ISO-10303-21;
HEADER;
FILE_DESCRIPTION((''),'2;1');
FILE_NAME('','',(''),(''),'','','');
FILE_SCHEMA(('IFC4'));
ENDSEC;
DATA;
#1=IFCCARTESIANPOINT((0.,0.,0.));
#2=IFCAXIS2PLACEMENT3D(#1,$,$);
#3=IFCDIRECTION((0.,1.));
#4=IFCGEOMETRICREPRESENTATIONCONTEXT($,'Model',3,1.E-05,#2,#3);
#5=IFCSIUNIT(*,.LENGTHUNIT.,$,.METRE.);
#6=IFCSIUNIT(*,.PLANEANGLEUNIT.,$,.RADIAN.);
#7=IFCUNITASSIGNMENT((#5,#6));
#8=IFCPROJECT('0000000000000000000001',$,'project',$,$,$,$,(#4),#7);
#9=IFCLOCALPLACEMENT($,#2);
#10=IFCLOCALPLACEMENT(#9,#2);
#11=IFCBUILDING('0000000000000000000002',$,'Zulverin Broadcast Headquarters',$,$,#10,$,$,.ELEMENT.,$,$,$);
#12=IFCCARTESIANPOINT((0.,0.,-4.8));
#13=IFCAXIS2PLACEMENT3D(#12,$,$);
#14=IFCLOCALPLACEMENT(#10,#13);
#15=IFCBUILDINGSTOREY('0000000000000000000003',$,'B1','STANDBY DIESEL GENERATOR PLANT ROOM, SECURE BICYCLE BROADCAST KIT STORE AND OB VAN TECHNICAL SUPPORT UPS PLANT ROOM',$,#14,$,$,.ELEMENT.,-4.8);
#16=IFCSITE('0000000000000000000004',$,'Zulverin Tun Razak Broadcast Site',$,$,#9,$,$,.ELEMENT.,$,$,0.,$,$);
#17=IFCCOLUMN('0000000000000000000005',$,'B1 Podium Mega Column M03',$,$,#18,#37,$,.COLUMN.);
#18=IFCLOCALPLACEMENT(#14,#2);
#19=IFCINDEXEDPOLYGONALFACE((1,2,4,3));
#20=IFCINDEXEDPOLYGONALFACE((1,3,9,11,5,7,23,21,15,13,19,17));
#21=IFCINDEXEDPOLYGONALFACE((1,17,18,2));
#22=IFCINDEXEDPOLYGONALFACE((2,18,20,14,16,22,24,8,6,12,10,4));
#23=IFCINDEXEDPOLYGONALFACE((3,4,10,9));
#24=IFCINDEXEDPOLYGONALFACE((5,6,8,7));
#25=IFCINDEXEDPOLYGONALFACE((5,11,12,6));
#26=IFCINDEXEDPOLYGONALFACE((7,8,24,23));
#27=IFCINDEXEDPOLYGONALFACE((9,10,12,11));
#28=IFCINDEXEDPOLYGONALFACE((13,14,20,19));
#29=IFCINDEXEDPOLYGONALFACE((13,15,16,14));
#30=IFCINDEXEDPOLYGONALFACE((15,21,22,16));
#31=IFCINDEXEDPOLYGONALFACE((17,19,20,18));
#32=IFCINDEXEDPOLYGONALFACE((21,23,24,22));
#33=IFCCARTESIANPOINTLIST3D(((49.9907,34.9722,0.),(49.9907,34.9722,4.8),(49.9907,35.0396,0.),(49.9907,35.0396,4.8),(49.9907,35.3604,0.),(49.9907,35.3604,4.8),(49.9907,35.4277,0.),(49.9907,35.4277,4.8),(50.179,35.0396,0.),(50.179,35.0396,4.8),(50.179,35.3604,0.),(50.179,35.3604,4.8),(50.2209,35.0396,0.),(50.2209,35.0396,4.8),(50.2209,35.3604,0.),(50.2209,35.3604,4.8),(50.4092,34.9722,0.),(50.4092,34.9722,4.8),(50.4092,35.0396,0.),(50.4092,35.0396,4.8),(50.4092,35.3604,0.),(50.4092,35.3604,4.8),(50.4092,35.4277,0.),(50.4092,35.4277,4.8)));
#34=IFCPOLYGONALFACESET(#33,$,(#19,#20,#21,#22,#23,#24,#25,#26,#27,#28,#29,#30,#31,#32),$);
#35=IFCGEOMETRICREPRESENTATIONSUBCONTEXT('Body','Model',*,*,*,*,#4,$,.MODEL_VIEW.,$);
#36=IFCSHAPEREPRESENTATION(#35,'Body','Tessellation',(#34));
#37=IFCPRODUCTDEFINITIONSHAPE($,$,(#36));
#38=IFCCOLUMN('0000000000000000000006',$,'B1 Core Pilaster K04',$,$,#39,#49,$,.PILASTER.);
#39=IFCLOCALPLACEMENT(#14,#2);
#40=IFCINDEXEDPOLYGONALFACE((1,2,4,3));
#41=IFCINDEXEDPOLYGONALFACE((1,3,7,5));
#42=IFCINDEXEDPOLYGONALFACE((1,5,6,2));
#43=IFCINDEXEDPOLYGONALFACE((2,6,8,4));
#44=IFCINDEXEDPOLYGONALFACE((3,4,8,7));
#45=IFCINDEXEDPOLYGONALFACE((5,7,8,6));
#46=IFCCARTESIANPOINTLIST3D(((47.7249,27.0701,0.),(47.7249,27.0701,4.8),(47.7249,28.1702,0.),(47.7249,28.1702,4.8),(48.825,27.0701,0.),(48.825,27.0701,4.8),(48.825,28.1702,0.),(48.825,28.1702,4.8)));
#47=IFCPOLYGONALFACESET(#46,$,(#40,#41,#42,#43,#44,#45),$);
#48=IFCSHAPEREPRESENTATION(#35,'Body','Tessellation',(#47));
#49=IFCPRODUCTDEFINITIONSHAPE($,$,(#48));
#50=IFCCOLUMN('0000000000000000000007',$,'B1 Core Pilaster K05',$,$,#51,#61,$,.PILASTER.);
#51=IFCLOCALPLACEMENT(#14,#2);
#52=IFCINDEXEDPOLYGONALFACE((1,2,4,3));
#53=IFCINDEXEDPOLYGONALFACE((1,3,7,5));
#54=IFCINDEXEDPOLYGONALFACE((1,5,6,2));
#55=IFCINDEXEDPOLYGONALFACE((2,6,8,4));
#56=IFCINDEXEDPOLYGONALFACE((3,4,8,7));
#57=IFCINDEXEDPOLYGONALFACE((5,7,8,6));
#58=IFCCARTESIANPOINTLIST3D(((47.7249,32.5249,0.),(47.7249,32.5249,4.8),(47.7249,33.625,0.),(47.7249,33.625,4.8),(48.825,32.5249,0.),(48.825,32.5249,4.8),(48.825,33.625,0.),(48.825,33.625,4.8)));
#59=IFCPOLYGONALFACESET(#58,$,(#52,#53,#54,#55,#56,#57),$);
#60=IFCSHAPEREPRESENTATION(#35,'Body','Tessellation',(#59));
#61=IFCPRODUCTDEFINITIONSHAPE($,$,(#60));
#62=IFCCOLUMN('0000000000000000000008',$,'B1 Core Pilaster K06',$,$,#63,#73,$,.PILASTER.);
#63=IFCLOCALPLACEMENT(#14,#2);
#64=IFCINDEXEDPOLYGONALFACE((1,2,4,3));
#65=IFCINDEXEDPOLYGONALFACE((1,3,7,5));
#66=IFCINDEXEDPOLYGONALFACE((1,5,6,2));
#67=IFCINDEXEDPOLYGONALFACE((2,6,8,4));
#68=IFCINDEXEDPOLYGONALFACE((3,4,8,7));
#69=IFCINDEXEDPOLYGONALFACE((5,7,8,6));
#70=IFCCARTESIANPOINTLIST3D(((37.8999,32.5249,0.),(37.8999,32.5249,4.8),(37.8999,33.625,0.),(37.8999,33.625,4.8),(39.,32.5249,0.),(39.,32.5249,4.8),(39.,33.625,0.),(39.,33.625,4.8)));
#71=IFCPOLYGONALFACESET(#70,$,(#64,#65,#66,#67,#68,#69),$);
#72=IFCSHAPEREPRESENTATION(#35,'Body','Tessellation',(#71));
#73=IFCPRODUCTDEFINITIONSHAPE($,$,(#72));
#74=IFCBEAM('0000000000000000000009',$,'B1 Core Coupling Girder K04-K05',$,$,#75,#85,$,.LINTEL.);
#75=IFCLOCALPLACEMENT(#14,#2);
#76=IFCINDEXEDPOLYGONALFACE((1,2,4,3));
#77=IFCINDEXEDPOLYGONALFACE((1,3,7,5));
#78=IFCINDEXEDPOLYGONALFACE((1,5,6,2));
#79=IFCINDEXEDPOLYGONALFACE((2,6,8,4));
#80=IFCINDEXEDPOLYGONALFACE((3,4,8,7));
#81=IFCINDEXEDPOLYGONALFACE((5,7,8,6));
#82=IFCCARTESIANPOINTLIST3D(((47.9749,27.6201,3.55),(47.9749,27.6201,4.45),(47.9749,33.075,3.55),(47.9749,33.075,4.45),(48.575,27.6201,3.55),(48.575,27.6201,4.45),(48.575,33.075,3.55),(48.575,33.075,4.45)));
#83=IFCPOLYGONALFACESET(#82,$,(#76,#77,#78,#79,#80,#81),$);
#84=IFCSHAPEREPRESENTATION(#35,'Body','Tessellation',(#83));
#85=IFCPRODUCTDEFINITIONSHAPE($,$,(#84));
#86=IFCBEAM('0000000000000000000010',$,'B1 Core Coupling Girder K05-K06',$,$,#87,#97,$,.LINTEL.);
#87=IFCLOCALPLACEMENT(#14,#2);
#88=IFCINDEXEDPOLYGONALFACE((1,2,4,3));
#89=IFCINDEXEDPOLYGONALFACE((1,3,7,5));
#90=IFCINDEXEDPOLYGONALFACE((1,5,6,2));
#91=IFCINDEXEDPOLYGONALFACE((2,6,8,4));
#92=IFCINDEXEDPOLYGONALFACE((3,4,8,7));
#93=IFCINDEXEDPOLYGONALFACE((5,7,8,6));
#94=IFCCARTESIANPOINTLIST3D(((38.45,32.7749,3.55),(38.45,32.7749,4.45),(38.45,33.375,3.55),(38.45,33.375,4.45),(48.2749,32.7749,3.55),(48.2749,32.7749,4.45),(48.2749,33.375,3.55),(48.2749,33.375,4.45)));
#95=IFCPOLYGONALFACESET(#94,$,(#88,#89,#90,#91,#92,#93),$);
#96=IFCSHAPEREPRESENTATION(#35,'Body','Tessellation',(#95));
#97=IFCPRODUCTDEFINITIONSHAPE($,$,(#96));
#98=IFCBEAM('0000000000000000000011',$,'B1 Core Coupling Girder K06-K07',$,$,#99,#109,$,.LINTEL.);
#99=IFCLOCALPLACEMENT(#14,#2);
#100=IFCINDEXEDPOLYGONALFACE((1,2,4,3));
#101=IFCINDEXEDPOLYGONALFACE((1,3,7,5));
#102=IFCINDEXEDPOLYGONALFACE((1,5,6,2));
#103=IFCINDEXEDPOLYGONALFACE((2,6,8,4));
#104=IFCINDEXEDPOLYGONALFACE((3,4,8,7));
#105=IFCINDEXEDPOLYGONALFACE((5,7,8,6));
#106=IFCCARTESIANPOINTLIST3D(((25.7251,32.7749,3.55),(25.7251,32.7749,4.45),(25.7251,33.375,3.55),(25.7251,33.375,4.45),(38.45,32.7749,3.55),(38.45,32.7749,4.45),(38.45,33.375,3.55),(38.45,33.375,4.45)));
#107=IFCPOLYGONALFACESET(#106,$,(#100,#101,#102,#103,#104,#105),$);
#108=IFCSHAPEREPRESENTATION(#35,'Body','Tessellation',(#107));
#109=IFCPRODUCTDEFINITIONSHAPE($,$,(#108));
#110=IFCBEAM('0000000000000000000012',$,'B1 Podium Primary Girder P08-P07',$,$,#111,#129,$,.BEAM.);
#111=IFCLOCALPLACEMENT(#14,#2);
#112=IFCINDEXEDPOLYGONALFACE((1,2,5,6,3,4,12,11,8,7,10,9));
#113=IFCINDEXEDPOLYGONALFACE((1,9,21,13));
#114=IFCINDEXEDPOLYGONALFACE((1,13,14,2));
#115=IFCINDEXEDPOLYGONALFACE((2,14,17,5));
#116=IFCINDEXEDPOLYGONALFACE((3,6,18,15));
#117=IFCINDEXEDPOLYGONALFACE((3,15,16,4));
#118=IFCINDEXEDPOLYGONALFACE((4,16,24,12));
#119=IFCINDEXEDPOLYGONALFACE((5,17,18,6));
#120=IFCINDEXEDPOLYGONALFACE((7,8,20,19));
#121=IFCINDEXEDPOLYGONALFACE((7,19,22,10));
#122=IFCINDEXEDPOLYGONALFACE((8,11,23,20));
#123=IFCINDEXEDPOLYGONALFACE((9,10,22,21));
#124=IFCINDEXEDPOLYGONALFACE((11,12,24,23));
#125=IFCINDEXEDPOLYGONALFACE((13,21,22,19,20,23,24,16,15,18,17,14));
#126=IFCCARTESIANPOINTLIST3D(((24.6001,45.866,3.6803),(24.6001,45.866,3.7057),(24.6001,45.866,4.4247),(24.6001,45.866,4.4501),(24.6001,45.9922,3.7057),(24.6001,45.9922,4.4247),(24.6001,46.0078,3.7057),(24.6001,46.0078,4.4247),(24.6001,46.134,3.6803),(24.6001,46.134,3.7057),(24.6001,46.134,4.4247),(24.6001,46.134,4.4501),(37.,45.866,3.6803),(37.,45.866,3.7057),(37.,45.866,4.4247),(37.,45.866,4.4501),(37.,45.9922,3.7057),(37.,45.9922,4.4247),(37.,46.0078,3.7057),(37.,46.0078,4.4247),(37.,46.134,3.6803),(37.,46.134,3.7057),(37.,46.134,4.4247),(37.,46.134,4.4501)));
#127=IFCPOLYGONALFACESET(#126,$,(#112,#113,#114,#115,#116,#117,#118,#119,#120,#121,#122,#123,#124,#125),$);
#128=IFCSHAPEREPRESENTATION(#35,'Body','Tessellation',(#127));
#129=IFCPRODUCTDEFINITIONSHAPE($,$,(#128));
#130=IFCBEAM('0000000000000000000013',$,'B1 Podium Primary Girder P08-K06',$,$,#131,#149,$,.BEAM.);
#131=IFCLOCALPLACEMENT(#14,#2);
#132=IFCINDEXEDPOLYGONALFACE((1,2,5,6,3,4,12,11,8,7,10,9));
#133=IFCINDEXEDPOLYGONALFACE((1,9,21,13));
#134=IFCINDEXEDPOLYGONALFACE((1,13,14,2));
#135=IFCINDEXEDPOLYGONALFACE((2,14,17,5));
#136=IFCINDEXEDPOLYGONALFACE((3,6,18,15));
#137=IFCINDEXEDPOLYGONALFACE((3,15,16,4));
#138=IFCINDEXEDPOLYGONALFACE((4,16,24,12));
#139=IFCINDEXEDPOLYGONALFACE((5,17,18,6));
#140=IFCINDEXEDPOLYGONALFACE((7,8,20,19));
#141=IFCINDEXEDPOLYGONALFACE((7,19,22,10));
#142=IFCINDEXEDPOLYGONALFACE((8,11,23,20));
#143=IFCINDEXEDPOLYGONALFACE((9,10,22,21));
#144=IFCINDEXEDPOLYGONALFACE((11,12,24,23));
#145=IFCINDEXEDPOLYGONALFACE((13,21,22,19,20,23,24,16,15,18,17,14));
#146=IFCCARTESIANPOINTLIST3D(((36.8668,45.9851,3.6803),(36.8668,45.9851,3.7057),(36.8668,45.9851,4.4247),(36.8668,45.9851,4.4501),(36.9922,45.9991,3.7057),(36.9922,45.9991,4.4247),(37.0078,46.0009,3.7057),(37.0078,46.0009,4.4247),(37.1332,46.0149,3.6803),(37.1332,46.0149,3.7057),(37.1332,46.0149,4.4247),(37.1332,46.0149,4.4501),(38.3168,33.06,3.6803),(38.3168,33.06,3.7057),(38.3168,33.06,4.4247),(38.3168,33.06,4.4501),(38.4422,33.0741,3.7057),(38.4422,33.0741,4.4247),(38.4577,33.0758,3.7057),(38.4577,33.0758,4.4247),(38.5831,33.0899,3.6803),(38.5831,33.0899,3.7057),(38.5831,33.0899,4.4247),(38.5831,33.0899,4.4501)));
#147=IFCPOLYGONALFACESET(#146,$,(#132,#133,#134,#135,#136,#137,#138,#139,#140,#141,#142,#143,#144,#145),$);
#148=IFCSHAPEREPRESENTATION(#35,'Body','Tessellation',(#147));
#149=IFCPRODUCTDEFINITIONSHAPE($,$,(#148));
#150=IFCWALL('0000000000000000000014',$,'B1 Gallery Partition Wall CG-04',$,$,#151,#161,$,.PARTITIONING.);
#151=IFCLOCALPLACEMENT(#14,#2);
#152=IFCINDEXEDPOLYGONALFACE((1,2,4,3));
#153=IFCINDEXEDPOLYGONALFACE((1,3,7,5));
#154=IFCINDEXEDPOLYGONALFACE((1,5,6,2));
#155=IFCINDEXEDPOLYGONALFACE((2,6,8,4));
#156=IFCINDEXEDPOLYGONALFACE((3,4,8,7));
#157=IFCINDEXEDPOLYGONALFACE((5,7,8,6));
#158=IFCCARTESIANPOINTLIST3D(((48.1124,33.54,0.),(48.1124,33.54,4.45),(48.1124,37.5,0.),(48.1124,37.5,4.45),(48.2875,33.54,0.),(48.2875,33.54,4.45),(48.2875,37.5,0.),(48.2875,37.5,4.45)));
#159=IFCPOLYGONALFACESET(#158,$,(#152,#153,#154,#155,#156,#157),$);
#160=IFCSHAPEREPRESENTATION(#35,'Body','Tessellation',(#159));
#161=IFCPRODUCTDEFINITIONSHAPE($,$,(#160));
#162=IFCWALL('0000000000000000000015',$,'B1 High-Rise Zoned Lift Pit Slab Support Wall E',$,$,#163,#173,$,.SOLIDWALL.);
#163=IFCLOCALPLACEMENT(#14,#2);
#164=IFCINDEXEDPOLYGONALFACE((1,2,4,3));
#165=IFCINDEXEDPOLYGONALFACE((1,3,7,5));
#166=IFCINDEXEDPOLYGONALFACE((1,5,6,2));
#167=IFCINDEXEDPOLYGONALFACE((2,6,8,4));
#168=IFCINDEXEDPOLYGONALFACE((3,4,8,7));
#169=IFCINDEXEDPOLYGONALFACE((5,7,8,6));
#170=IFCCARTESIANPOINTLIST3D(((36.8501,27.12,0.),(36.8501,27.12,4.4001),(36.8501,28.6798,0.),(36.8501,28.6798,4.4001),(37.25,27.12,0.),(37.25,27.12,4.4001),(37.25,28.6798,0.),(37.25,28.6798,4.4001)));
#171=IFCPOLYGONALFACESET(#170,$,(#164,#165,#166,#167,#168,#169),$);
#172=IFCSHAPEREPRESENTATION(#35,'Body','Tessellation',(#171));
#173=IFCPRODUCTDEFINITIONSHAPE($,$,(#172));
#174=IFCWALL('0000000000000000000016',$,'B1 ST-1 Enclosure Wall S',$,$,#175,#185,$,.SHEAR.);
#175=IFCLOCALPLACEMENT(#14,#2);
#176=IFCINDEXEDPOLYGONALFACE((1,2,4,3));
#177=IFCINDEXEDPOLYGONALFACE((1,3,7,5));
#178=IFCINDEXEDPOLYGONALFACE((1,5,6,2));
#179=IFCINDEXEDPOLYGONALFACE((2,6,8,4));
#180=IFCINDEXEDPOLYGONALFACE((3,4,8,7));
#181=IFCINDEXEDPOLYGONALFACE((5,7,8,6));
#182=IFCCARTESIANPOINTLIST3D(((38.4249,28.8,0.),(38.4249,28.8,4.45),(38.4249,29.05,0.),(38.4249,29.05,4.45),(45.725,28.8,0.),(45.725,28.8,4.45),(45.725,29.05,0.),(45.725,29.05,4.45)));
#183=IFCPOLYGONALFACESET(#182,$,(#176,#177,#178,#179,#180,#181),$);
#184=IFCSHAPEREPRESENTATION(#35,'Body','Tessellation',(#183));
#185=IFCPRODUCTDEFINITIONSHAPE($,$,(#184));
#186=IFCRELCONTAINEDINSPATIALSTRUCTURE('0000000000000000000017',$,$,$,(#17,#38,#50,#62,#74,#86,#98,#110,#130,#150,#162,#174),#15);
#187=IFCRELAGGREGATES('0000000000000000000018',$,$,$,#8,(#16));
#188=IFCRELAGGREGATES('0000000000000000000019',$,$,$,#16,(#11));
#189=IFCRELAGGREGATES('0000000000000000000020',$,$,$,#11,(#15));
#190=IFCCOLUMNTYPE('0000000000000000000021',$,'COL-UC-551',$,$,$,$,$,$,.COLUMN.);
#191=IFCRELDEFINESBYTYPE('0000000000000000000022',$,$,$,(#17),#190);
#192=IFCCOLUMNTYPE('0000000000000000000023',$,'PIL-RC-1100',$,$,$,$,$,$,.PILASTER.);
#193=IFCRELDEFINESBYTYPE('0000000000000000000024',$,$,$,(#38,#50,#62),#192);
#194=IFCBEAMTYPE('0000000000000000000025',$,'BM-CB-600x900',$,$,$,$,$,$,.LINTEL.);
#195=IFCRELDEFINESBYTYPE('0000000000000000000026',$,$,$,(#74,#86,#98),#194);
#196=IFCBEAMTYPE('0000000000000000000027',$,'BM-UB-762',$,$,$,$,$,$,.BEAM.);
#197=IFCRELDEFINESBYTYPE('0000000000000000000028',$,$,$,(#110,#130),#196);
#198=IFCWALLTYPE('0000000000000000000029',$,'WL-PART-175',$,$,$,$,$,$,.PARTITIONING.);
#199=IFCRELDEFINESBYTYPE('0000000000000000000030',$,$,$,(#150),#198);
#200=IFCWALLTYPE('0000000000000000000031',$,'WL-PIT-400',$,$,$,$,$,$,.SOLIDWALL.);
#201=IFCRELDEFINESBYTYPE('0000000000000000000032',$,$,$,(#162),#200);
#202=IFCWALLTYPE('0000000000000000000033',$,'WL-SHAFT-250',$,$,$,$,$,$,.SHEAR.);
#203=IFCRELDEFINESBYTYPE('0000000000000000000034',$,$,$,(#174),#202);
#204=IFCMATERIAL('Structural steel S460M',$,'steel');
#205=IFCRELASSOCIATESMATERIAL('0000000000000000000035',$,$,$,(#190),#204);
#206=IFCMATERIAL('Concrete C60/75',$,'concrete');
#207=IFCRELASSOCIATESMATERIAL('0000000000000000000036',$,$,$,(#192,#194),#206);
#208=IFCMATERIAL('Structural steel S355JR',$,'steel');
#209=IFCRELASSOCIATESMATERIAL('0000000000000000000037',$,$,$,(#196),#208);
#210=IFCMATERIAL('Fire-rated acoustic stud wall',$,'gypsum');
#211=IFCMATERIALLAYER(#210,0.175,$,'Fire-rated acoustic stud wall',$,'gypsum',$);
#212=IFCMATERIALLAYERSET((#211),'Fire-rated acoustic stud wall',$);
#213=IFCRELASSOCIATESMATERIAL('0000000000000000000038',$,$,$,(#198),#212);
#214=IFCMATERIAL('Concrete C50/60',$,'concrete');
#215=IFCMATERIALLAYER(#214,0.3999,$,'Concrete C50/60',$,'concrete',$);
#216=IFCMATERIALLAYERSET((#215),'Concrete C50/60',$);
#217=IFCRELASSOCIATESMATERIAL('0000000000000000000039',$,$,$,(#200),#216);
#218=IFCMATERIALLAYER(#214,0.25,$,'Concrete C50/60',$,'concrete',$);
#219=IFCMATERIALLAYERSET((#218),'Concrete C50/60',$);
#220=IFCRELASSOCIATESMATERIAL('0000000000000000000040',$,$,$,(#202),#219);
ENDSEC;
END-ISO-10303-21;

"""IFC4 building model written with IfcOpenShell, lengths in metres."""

from ifc_helpers import new_model, si_unit, direction, frame, frame_2d, origin, origin_2d, place, context, subcontext, project, spatial, rectangle, i_section, extrude, material, layer, layer_set, material_profile, profile_set, type_object, element, save


model = new_model("IFC4")

# Units and contexts
model_context = context("Model", 3, precision=1e-05, world=origin(), true_north=direction((0.0, 1.0)))
body_context = subcontext(model_context, "Body", "Model", "MODEL_VIEW")
ifc_project = project(units=[si_unit("LENGTHUNIT", "METRE"), si_unit("PLANEANGLEUNIT", "RADIAN")], contexts=[model_context])

# Site, building, storey
site_placement = place(None, origin())
site = spatial("IfcSite", under=ifc_project, at=site_placement, Name="Zulverin Tun Razak Broadcast Site", CompositionType="ELEMENT", RefElevation=0.0)
building_placement = place(site_placement, origin())
building = spatial("IfcBuilding", under=site, at=building_placement, Name="Zulverin Broadcast Headquarters", CompositionType="ELEMENT")
storey_placement = place(building_placement, frame((0.0, 0.0, -4.8)))
storey = spatial("IfcBuildingStorey", under=building, at=storey_placement, Name="B1", Description="STANDBY DIESEL GENERATOR PLANT ROOM, SECURE BICYCLE BROADCAST KIT STORE AND OB VAN TECHNICAL SUPPORT UPS PLANT ROOM", CompositionType="ELEMENT", Elevation=-4.8)

# Columns
ifc_material_1 = material(Name="Structural steel S460M", Category="steel")
ifc_material_profile_1 = material_profile(ifc_material_1, i_section(OverallWidth=0.4185, OverallDepth=0.4556, WebThickness=0.042, FlangeThickness=0.0674, at=origin_2d()), Name="Structural steel S460M", Category="steel")
ifc_profile_set_1 = profile_set([ifc_material_profile_1], Name="Structural steel S460M")
column_type_1 = type_object("IfcColumnType", Name="COL-UC-551", PredefinedType="COLUMN", material=ifc_profile_set_1)
column_placement = place(storey_placement, frame((50.2, 35.2, 0.0), z_axis=(0.0, 0.0, 1.0), x_axis=(1.0, 0.0, 0.0)))
element("IfcColumn", 1, at=column_placement, inside=storey, type_object=column_type_1, Name="B1 Podium Mega Column M03", PredefinedType="COLUMN", context=body_context, shape_type="SweptSolid", body=[
    extrude(i_section(OverallWidth=0.4185, OverallDepth=0.4556, WebThickness=0.042, FlangeThickness=0.0674, at=origin_2d()), origin(), (0.0, 0.0, 1.0), 4.8),
])
ifc_material_2 = material(Name="Concrete C60/75", Category="concrete")
ifc_material_profile_2 = material_profile(ifc_material_2, rectangle(XDim=1.1001, YDim=1.1001, at=origin_2d()), Name="Concrete C60/75", Category="concrete")
ifc_profile_set_2 = profile_set([ifc_material_profile_2], Name="Concrete C60/75")
column_type_2 = type_object("IfcColumnType", Name="PIL-RC-1100", PredefinedType="PILASTER", material=ifc_profile_set_2)
for number, where, z_axis, x_axis, name in (
    (2, (48.2749, 27.6201, 0.0), (0.0, 0.0, 1.0), (1.0, 0.0, 0.0), "B1 Core Pilaster K04"),
    (3, (48.2749, 33.075, 0.0), (0.0, 0.0, 1.0), (1.0, 0.0, 0.0), "B1 Core Pilaster K05"),
    (4, (38.45, 33.075, 0.0), (0.0, 0.0, 1.0), (1.0, 0.0, 0.0), "B1 Core Pilaster K06"),
):
    element("IfcColumn", number, at=place(storey_placement, frame(where, z_axis=z_axis, x_axis=x_axis)), inside=storey, type_object=column_type_2, Name=name, PredefinedType="PILASTER", context=body_context, shape_type="SweptSolid", body=[
        extrude(rectangle(XDim=1.1001, YDim=1.1001, at=origin_2d()), origin(), (0.0, 0.0, 1.0), 4.8),
    ])

# Beams
ifc_material_profile_3 = material_profile(ifc_material_2, rectangle(XDim=0.6001, YDim=0.8999, at=origin_2d()), Name="Concrete C60/75", Category="concrete")
ifc_profile_set_3 = profile_set([ifc_material_profile_3], Name="Concrete C60/75")
beam_type_1 = type_object("IfcBeamType", Name="BM-CB-600x900", PredefinedType="LINTEL", material=ifc_profile_set_3)
beam_1_placement = place(storey_placement, frame((48.2749, 27.6201, 4.0), z_axis=(0.0, 1.0, 0.0), x_axis=(-1.0, 0.0, 0.0)))
element("IfcBeam", 5, at=beam_1_placement, inside=storey, type_object=beam_type_1, Name="B1 Core Coupling Girder K04-K05", PredefinedType="LINTEL", context=body_context, shape_type="SweptSolid", body=[
    extrude(rectangle(XDim=0.6001, YDim=0.8999, at=origin_2d()), origin(), (0.0, 0.0, 1.0), 5.4548),
])
beam_2_placement = place(storey_placement, frame((48.2749, 33.075, 4.0), z_axis=(-1.0, 0.0, 0.0), x_axis=(0.0, -1.0, 0.0)))
element("IfcBeam", 6, at=beam_2_placement, inside=storey, type_object=beam_type_1, Name="B1 Core Coupling Girder K05-K06", PredefinedType="LINTEL", context=body_context, shape_type="SweptSolid", body=[
    extrude(rectangle(XDim=0.6001, YDim=0.8999, at=origin_2d()), origin(), (0.0, 0.0, 1.0), 9.825),
])
beam_3_placement = place(storey_placement, frame((38.45, 33.075, 4.0), z_axis=(-1.0, 0.0, 0.0), x_axis=(0.0, -1.0, 0.0)))
element("IfcBeam", 7, at=beam_3_placement, inside=storey, type_object=beam_type_1, Name="B1 Core Coupling Girder K06-K07", PredefinedType="LINTEL", context=body_context, shape_type="SweptSolid", body=[
    extrude(rectangle(XDim=0.6001, YDim=0.8999, at=origin_2d()), origin(), (0.0, 0.0, 1.0), 12.7249),
])
ifc_material_3 = material(Name="Structural steel S355JR", Category="steel")
ifc_material_profile_4 = material_profile(ifc_material_3, i_section(OverallWidth=0.2681, OverallDepth=0.7698, WebThickness=0.0156, FlangeThickness=0.0254, at=origin_2d()), Name="Structural steel S355JR", Category="steel")
ifc_profile_set_4 = profile_set([ifc_material_profile_4], Name="Structural steel S355JR")
beam_type_2 = type_object("IfcBeamType", Name="BM-UB-762", PredefinedType="BEAM", material=ifc_profile_set_4)
beam_4_placement = place(storey_placement, frame((37.0, 46.0, 4.0652), z_axis=(-1.0, 0.0, 0.0), x_axis=(0.0, -1.0, 0.0)))
element("IfcBeam", 8, at=beam_4_placement, inside=storey, type_object=beam_type_2, Name="B1 Podium Primary Girder P08-P07", PredefinedType="BEAM", context=body_context, shape_type="SweptSolid", body=[
    extrude(i_section(OverallWidth=0.2681, OverallDepth=0.7698, WebThickness=0.0156, FlangeThickness=0.0254, at=origin_2d()), origin(), (0.0, 0.0, 1.0), 12.3999),
])
beam_5_placement = place(storey_placement, frame((37.0, 46.0, 4.0652), z_axis=(0.111482, -0.993766, 0.0), x_axis=(0.993766, 0.111482, 0.0)))
element("IfcBeam", 9, at=beam_5_placement, inside=storey, type_object=beam_type_2, Name="B1 Podium Primary Girder P08-K06", PredefinedType="BEAM", context=body_context, shape_type="SweptSolid", body=[
    extrude(i_section(OverallWidth=0.2681, OverallDepth=0.7698, WebThickness=0.0156, FlangeThickness=0.0254, at=origin_2d()), origin(), (0.0, 0.0, 1.0), 13.0061),
])

# Walls
ifc_material_4 = material(Name="Fire-rated acoustic stud wall", Category="gypsum")
ifc_layer_1 = layer(ifc_material_4, 0.175, Name="Fire-rated acoustic stud wall", Category="gypsum")
ifc_layer_set_1 = layer_set([ifc_layer_1], Name="Fire-rated acoustic stud wall")
wall_type_1 = type_object("IfcWallType", Name="WL-PART-175", PredefinedType="PARTITIONING", material=ifc_layer_set_1)
wall_1_placement = place(storey_placement, frame((48.2, 33.54, 0.0), z_axis=(0.0, 0.0, 1.0), x_axis=(0.0, 1.0, 0.0)))
element("IfcWall", 10, at=wall_1_placement, inside=storey, type_object=wall_type_1, Name="B1 Gallery Partition Wall CG-04", PredefinedType="PARTITIONING", context=body_context, shape_type="SweptSolid", body=[
    extrude(rectangle(XDim=3.96, YDim=0.175, at=frame_2d((1.98, 0.0))), origin(), (0.0, 0.0, 1.0), 4.45),
])
ifc_material_5 = material(Name="Concrete C50/60", Category="concrete")
ifc_layer_2 = layer(ifc_material_5, 0.3999, Name="Concrete C50/60", Category="concrete")
ifc_layer_set_2 = layer_set([ifc_layer_2], Name="Concrete C50/60")
wall_type_2 = type_object("IfcWallType", Name="WL-PIT-400", PredefinedType="SOLIDWALL", material=ifc_layer_set_2)
wall_2_placement = place(storey_placement, frame((37.05, 27.1201, 0.0), z_axis=(0.0, 0.0, 1.0), x_axis=(0.0, 1.0, 0.0)))
element("IfcWall", 11, at=wall_2_placement, inside=storey, type_object=wall_type_2, Name="B1 High-Rise Zoned Lift Pit Slab Support Wall E", PredefinedType="SOLIDWALL", context=body_context, shape_type="SweptSolid", body=[
    extrude(rectangle(XDim=1.5598, YDim=0.3999, at=frame_2d((0.7798, 0.0))), origin(), (0.0, 0.0, 1.0), 4.4001),
])
ifc_layer_3 = layer(ifc_material_5, 0.25, Name="Concrete C50/60", Category="concrete")
ifc_layer_set_3 = layer_set([ifc_layer_3], Name="Concrete C50/60")
wall_type_3 = type_object("IfcWallType", Name="WL-SHAFT-250", PredefinedType="SHEAR", material=ifc_layer_set_3)
for number, where, z_axis, x_axis, name in (
    (12, (38.425, 28.925, 0.0), (0.0, 0.0, 1.0), (1.0, 0.0, 0.0), "B1 ST-1 Enclosure Wall S"),
):
    element("IfcWall", number, at=place(storey_placement, frame(where, z_axis=z_axis, x_axis=x_axis)), inside=storey, type_object=wall_type_3, Name=name, PredefinedType="SHEAR", context=body_context, shape_type="SweptSolid", body=[
        extrude(rectangle(XDim=7.3, YDim=0.25, at=frame_2d((3.6499, 0.0))), origin(), (0.0, 0.0, 1.0), 4.45),
    ])

save(model, "model.ifc")
